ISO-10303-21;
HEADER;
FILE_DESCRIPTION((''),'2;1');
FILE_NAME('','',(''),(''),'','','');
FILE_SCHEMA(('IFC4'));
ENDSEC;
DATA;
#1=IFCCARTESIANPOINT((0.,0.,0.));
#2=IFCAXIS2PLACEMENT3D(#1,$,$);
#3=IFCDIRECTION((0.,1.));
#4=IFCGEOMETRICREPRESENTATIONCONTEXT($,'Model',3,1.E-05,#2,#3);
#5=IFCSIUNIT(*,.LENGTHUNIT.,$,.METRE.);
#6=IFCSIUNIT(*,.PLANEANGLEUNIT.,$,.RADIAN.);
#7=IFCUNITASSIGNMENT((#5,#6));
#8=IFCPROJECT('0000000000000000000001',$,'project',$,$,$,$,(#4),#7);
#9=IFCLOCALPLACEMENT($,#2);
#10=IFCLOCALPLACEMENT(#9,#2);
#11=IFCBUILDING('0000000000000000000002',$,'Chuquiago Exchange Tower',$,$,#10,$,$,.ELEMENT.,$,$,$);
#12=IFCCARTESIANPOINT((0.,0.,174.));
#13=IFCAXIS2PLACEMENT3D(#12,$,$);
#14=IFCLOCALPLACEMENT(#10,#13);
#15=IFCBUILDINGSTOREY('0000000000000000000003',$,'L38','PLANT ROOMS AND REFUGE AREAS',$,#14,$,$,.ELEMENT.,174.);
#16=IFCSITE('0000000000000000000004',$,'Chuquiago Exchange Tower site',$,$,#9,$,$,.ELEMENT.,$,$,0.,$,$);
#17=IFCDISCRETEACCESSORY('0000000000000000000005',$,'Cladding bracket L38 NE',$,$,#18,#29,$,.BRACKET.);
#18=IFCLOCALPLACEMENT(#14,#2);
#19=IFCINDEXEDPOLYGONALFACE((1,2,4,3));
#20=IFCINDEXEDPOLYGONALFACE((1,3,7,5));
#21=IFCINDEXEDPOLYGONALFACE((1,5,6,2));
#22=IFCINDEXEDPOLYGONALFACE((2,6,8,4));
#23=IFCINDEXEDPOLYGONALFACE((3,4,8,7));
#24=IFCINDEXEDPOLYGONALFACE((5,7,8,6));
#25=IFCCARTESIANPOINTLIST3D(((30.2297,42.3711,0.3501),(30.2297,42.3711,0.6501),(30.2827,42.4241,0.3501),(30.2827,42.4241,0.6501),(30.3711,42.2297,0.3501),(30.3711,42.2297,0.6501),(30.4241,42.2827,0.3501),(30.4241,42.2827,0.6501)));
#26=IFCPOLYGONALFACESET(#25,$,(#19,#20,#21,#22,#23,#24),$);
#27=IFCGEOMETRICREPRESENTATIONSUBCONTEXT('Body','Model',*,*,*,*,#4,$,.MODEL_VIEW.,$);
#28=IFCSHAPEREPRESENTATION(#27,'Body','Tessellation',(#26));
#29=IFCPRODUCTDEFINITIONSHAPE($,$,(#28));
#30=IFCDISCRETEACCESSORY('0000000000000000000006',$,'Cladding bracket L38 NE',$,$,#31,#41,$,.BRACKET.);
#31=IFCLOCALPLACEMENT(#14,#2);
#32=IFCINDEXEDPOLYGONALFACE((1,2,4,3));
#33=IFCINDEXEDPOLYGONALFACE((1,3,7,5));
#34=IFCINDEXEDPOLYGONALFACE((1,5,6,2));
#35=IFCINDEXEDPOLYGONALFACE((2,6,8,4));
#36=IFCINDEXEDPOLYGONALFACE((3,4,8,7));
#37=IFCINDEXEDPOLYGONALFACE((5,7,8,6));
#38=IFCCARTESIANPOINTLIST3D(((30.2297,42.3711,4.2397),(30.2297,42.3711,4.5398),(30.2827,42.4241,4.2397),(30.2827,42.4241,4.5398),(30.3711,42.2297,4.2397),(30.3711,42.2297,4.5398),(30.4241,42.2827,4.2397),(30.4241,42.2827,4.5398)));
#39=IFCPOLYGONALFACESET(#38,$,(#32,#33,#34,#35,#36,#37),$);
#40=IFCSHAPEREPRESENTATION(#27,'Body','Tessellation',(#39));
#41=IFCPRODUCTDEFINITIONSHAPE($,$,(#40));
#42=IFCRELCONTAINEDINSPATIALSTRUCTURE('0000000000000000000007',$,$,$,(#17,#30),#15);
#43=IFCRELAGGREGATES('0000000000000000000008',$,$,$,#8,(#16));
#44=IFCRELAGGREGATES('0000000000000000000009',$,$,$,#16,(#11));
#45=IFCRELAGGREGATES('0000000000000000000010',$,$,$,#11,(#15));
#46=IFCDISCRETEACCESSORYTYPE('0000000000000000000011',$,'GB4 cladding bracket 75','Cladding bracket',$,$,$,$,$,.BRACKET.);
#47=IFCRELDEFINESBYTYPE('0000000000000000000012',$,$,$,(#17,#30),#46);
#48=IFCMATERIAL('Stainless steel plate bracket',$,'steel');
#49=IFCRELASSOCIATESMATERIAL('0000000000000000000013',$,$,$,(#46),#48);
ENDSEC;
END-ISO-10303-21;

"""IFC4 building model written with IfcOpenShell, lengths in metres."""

from ifc_helpers import new_model, si_unit, direction, frame, origin, origin_2d, place, context, subcontext, project, spatial, rectangle, extrude, material, type_object, element, save


model = new_model("IFC4")

# Units and contexts
model_context = context("Model", 3, precision=1e-05, world=origin(), true_north=direction((0.0, 1.0)))
body_context = subcontext(model_context, "Body", "Model", "MODEL_VIEW")
ifc_project = project(units=[si_unit("LENGTHUNIT", "METRE"), si_unit("PLANEANGLEUNIT", "RADIAN")], contexts=[model_context])

# Site, building, storey
site_placement = place(None, origin())
site = spatial("IfcSite", under=ifc_project, at=site_placement, Name="Chuquiago Exchange Tower site", CompositionType="ELEMENT", RefElevation=0.0)
building_placement = place(site_placement, origin())
building = spatial("IfcBuilding", under=site, at=building_placement, Name="Chuquiago Exchange Tower", CompositionType="ELEMENT")
storey_placement = place(building_placement, frame((0.0, 0.0, 174.0)))
storey = spatial("IfcBuildingStorey", under=building, at=storey_placement, Name="L38", Description="PLANT ROOMS AND REFUGE AREAS", CompositionType="ELEMENT", Elevation=174.0)

# Discrete accessories
ifc_material_1 = material(Name="Stainless steel plate bracket", Category="steel")
discrete_accessory_type = type_object("IfcDiscreteAccessoryType", Name="GB4 cladding bracket 75", Description="Cladding bracket", PredefinedType="BRACKET", material=ifc_material_1)
for number, where, z_axis, x_axis, name in (
    (1, (30.3269, 42.3269, 0.3501), (0.0, 0.0, 1.0), (-0.707107, 0.707107, 0.0), "Cladding bracket L38 NE"),
    (2, (30.3269, 42.3269, 4.2397), (0.0, 0.0, 1.0), (-0.707107, 0.707107, 0.0), "Cladding bracket L38 NE"),
):
    element("IfcDiscreteAccessory", number, at=place(storey_placement, frame(where, z_axis=z_axis, x_axis=x_axis)), inside=storey, type_object=discrete_accessory_type, Name=name, PredefinedType="BRACKET", context=body_context, shape_type="SweptSolid", body=[
        extrude(rectangle(XDim=0.2, YDim=0.075, at=origin_2d()), origin(), (0.0, 0.0, 1.0), 0.3),
    ])

save(model, "model.ifc")
